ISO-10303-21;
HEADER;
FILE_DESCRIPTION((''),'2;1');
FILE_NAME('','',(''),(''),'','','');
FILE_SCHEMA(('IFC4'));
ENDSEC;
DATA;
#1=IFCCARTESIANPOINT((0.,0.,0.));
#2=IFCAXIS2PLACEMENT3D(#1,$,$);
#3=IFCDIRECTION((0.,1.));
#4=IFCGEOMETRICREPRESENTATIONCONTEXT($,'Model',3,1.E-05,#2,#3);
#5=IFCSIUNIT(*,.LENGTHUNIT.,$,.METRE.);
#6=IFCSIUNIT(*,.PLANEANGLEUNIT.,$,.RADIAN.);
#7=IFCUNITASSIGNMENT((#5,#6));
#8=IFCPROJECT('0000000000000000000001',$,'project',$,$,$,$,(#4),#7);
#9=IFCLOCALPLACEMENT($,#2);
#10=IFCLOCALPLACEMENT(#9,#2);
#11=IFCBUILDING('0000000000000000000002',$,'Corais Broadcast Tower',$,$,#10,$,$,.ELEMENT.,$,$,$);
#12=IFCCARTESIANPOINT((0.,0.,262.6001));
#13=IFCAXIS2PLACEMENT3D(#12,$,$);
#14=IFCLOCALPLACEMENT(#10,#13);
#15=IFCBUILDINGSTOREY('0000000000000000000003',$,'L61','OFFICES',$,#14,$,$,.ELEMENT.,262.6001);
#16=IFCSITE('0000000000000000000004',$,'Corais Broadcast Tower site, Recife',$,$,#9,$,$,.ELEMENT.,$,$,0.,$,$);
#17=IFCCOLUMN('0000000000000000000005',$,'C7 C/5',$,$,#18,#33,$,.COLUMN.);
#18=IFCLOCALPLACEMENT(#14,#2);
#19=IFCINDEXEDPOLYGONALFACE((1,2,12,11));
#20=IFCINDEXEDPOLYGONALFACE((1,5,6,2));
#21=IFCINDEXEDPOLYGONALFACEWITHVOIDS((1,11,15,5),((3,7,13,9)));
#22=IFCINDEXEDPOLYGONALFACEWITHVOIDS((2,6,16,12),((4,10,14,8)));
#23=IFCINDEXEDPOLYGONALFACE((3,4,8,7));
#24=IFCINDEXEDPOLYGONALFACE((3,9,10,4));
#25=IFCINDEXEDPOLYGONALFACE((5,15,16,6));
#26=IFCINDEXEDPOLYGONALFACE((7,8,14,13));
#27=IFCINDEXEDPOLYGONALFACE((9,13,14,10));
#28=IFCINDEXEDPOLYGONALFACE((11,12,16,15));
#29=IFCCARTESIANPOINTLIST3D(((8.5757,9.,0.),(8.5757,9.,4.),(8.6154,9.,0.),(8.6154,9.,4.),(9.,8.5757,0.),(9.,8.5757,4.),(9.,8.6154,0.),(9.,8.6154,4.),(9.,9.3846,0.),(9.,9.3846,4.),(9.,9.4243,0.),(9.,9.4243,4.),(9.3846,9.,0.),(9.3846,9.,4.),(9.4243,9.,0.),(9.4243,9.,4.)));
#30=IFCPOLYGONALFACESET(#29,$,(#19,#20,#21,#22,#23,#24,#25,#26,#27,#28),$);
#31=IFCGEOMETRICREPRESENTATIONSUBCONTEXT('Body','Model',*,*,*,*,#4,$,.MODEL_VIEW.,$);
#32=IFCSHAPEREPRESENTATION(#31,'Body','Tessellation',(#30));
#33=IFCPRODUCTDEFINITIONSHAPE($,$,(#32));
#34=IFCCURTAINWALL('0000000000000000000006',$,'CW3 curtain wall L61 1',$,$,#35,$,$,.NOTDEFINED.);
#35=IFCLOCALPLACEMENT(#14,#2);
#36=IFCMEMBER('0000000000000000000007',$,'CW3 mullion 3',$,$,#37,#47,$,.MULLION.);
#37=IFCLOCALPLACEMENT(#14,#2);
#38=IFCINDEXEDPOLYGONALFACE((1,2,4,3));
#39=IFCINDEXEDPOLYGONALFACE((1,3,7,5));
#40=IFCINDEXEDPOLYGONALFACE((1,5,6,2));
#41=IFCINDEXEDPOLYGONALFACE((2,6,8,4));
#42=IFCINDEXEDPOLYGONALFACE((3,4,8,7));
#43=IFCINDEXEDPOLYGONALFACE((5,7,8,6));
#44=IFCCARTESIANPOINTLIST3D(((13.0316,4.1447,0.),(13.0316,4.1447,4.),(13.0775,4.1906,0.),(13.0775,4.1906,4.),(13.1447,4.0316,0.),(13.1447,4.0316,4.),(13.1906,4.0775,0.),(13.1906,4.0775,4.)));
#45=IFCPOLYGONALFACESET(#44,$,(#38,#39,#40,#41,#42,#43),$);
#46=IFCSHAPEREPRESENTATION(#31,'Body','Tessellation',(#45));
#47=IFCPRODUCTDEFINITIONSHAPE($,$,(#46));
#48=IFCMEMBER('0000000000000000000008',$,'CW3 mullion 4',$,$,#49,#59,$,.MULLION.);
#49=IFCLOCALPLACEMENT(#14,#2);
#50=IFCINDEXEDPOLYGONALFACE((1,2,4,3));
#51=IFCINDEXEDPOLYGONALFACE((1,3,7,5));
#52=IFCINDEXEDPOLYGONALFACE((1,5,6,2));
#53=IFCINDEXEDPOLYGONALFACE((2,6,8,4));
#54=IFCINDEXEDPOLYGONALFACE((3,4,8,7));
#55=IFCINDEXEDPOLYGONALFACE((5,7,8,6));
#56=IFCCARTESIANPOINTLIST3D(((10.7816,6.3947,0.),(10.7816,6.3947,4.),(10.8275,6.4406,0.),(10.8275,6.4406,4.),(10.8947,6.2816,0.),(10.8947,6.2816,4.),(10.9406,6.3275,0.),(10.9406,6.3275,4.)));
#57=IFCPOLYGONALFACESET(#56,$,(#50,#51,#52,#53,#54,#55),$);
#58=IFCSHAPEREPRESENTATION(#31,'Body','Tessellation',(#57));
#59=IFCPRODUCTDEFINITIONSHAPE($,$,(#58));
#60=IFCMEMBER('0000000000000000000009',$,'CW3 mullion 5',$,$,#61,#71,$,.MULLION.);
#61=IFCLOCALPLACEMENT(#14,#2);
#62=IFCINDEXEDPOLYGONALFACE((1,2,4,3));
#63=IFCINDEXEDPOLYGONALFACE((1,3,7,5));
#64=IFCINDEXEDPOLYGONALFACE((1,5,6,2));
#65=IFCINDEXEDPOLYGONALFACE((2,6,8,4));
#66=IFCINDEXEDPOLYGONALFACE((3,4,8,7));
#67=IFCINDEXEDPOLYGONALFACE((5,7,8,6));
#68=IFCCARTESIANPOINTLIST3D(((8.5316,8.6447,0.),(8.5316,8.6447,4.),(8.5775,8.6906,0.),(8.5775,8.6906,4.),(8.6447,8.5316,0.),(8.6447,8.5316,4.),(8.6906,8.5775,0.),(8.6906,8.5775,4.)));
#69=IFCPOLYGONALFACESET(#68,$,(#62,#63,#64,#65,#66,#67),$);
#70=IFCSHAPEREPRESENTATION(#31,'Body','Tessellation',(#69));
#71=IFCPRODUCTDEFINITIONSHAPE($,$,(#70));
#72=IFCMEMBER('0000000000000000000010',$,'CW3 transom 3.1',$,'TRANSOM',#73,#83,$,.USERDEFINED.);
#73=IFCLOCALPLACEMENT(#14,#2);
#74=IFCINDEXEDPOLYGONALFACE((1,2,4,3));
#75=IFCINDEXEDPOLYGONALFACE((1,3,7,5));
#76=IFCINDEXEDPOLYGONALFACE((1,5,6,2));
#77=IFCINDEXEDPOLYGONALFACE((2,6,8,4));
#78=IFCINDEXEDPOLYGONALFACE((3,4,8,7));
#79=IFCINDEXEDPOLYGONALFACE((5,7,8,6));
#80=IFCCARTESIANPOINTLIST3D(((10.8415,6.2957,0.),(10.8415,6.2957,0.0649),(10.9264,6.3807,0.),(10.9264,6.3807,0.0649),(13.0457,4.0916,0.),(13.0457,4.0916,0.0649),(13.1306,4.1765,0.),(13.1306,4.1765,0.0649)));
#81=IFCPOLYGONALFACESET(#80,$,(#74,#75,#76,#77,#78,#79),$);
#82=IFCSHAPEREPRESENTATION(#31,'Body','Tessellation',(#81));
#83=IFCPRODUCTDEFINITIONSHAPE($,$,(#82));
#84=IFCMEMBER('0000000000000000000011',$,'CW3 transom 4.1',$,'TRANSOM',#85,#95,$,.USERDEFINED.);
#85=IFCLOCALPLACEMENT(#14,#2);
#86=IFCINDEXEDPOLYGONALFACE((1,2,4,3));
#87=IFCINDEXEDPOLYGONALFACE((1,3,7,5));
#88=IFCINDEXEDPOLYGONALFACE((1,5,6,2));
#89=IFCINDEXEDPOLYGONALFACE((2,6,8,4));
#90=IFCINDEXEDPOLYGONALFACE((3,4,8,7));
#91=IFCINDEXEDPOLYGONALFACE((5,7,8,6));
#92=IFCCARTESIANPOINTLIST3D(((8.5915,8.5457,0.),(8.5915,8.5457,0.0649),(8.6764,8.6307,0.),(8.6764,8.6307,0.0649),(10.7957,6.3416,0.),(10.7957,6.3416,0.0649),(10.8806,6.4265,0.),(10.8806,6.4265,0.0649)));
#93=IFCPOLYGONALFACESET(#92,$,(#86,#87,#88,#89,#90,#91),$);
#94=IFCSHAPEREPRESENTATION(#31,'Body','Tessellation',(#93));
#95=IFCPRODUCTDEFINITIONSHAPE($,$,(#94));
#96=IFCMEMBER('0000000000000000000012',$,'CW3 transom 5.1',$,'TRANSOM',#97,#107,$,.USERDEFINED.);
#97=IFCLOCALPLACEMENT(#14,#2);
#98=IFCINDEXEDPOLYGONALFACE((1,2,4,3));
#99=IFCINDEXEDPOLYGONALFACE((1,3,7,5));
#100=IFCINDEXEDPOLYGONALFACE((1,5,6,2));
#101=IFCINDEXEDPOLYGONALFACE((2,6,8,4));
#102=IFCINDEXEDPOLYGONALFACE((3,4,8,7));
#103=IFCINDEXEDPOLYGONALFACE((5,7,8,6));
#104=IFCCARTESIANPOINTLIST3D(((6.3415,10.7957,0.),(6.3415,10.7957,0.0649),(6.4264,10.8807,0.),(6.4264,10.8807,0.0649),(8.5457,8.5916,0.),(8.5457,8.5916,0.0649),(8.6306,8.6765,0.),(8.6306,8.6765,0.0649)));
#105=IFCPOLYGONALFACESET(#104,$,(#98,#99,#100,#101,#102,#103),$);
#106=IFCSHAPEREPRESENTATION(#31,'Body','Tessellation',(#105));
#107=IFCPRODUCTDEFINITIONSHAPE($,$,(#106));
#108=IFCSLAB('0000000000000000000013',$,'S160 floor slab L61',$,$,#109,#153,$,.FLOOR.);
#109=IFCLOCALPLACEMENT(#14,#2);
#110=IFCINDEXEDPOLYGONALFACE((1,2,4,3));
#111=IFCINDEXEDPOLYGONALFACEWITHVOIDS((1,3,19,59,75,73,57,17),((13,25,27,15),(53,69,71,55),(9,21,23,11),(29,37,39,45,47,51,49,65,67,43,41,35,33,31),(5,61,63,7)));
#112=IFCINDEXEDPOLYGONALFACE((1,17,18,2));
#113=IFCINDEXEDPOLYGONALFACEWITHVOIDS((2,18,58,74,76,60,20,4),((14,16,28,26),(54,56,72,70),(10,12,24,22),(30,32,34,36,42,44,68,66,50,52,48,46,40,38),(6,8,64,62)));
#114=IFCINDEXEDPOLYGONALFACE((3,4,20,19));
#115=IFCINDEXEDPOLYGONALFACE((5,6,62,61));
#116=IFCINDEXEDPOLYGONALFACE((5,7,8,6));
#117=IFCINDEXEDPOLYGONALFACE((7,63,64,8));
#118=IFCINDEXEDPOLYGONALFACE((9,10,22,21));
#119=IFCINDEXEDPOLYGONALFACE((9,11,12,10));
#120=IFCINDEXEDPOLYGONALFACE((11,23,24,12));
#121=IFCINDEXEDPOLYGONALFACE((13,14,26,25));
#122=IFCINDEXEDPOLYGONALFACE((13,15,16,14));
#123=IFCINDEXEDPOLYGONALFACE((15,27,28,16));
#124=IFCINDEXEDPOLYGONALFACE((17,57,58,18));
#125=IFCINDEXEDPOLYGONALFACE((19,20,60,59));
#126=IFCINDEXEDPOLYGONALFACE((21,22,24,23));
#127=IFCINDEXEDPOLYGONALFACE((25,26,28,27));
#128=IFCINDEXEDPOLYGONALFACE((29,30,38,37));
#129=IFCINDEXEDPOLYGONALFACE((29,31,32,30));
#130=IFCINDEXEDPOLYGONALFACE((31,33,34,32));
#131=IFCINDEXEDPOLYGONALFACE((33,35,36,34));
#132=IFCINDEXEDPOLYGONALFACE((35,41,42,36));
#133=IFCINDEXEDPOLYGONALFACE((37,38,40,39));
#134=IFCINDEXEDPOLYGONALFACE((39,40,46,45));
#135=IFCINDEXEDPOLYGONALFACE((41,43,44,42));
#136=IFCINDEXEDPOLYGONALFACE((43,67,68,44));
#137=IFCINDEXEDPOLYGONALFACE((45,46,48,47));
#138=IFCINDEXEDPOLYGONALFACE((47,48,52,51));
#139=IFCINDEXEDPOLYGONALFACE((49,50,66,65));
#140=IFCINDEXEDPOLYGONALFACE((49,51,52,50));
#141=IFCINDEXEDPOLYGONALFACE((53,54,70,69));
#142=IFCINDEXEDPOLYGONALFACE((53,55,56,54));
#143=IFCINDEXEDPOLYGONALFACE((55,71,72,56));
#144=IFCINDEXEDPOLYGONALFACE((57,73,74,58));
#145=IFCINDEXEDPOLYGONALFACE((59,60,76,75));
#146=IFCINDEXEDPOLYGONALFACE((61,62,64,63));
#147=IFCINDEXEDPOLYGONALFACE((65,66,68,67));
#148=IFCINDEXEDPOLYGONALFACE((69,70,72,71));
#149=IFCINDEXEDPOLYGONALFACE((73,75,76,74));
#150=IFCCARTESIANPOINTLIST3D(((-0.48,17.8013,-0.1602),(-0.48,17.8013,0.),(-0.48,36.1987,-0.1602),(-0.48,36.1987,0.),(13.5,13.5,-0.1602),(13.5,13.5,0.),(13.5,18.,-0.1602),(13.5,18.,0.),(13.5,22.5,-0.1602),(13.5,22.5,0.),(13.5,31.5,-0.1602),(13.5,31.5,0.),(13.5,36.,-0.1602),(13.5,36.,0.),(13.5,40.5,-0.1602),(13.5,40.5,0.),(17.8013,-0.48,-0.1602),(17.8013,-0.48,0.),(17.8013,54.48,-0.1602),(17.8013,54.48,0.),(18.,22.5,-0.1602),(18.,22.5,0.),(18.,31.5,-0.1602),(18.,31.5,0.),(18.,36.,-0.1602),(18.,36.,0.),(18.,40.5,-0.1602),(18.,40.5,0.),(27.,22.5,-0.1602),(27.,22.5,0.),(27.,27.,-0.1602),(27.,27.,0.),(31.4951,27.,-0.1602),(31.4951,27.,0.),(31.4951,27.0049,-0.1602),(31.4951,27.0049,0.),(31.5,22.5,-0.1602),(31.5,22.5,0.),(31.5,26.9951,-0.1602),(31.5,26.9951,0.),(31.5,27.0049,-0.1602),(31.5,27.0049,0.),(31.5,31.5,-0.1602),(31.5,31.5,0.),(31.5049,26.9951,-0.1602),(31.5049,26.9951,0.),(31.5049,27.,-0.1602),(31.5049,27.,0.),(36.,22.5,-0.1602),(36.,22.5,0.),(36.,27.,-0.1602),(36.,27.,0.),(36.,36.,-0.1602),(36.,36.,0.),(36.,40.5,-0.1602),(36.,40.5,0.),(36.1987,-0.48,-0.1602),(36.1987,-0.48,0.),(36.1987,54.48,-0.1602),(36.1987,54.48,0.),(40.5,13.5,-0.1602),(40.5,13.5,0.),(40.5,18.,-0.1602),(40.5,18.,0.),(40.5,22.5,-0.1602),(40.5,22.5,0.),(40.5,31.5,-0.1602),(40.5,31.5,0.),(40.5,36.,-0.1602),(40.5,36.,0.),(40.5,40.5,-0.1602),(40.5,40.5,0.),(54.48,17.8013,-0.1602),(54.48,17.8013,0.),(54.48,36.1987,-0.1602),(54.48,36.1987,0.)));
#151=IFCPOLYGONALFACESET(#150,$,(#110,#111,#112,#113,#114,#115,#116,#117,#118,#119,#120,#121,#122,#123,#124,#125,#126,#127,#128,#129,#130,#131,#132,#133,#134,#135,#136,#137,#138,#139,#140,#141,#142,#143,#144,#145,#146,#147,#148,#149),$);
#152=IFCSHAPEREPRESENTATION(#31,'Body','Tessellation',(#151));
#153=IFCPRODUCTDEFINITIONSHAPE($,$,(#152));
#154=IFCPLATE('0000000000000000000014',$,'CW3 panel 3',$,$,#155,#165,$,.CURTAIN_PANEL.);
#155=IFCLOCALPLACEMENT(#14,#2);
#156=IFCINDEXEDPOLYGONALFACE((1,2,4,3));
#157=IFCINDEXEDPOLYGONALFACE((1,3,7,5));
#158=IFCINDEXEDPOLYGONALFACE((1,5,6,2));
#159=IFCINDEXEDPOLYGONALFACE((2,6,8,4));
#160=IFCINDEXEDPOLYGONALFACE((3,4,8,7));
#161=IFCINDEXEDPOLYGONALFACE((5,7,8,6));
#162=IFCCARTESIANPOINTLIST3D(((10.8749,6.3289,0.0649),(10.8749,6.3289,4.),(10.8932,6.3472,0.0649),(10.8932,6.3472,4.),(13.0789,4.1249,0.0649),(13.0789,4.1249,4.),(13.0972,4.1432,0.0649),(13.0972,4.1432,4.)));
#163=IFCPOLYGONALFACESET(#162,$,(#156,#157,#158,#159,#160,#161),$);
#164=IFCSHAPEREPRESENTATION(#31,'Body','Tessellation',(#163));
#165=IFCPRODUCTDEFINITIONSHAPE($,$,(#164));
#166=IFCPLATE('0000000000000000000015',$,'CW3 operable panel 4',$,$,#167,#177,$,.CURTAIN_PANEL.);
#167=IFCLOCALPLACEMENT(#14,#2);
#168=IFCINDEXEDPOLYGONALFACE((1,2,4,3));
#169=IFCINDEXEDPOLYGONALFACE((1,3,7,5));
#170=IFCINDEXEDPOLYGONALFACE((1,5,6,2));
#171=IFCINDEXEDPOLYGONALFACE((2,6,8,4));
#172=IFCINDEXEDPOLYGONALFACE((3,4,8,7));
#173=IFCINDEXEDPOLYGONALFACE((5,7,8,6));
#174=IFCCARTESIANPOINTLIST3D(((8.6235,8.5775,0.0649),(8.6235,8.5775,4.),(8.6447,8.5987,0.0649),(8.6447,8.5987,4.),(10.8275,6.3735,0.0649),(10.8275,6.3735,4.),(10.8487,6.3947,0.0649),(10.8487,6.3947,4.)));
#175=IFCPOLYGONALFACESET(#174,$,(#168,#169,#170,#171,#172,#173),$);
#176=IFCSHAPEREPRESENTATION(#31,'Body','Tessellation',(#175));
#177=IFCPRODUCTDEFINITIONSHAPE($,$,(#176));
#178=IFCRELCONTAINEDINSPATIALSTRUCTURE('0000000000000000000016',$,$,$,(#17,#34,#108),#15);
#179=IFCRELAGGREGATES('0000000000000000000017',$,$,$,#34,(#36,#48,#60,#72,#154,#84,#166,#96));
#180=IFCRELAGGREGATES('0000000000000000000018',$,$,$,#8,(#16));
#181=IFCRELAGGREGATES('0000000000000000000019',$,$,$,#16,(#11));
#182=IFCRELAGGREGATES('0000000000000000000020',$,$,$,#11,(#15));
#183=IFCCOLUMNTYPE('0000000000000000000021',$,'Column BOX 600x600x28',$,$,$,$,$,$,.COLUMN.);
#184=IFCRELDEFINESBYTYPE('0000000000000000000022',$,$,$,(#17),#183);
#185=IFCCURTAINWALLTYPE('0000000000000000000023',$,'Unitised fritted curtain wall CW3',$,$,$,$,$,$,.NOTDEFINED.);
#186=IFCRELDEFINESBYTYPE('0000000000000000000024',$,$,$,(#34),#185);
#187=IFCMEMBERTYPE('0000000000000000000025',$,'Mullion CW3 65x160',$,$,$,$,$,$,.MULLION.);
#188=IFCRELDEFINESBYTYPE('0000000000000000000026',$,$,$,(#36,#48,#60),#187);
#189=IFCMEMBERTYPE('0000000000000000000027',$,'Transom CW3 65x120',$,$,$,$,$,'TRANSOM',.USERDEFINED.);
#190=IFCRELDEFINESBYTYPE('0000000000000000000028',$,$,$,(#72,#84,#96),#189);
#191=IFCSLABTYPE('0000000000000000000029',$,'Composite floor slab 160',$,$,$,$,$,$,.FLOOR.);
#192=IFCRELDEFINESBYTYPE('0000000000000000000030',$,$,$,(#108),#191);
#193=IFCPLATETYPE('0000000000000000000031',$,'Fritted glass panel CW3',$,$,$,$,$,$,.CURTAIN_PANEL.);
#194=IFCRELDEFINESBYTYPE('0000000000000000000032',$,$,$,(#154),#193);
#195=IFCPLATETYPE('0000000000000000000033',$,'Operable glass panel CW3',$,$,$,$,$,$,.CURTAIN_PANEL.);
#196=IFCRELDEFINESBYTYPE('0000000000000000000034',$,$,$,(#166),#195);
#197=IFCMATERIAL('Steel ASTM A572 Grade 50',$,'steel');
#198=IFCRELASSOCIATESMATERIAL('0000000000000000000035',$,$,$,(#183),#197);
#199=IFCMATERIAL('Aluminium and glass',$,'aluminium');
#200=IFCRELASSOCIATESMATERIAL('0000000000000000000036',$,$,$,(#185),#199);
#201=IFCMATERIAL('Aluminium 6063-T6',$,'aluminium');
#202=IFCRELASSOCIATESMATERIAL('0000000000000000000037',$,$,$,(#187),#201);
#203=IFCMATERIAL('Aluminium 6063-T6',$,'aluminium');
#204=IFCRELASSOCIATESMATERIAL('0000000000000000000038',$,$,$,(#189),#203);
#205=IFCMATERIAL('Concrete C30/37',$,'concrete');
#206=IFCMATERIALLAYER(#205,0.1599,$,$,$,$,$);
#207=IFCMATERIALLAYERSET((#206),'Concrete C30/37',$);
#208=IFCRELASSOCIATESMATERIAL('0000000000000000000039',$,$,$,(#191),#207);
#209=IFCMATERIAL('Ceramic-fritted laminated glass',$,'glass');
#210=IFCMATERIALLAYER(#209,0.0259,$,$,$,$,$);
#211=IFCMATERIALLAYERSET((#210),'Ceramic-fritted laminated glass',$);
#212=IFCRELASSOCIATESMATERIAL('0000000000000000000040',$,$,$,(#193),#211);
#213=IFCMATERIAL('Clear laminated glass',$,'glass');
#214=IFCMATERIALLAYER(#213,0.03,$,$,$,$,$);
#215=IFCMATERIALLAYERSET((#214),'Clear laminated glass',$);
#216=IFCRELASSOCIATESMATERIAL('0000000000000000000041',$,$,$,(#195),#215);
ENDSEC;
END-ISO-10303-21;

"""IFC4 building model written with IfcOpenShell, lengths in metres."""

from ifc_helpers import new_model, si_unit, direction, frame, origin, origin_2d, place, context, subcontext, project, spatial, polyline, rectangle, hollow_rectangle, outline, extrude, material, layer, layer_set, material_profile, profile_set, type_object, element, aggregate, save


model = new_model("IFC4")

# Units and contexts
model_context = context("Model", 3, precision=1e-05, world=origin(), true_north=direction((0.0, 1.0)))
body_context = subcontext(model_context, "Body", "Model", "MODEL_VIEW")
ifc_project = project(units=[si_unit("LENGTHUNIT", "METRE"), si_unit("PLANEANGLEUNIT", "RADIAN")], contexts=[model_context])

# Site, building, storey
site_placement = place(None, origin())
site = spatial("IfcSite", under=ifc_project, at=site_placement, Name="Corais Broadcast Tower site, Recife", CompositionType="ELEMENT", RefElevation=0.0)
building_placement = place(site_placement, origin())
building = spatial("IfcBuilding", under=site, at=building_placement, Name="Corais Broadcast Tower", CompositionType="ELEMENT")
storey_placement = place(building_placement, frame((0.0, 0.0, 262.6001)))
storey = spatial("IfcBuildingStorey", under=building, at=storey_placement, Name="L61", Description="OFFICES", CompositionType="ELEMENT", Elevation=262.6001)

# Column
ifc_material_1 = material(Name="Steel ASTM A572 Grade 50", Category="steel")
ifc_material_profile_1 = material_profile(ifc_material_1, hollow_rectangle(XDim=0.6001, YDim=0.6001, WallThickness=0.0281, at=origin_2d()), Name="BOX 600x600x28")
ifc_profile_set_1 = profile_set([ifc_material_profile_1], Name="Steel ASTM A572 Grade 50")
column_type = type_object("IfcColumnType", Name="Column BOX 600x600x28", PredefinedType="COLUMN", material=ifc_profile_set_1)
column_placement = place(storey_placement, frame((9.0, 9.0, 0.0), z_axis=(0.0, 0.0, 1.0), x_axis=(0.707107, 0.707107, 0.0)))
element("IfcColumn", 1, at=column_placement, inside=storey, type_object=column_type, Name="C7 C/5", PredefinedType="COLUMN", context=body_context, shape_type="SweptSolid", body=[
    extrude(hollow_rectangle(XDim=0.6001, YDim=0.6001, WallThickness=0.0281, at=origin_2d()), origin(), (0.0, 0.0, 1.0), 4.0),
])

# Curtain wall, members
ifc_material_2 = material(Name="Aluminium and glass", Category="aluminium")
curtain_wall_type = type_object("IfcCurtainWallType", Name="Unitised fritted curtain wall CW3", PredefinedType="NOTDEFINED", material=ifc_material_2)
curtain_wall_placement = place(storey_placement, origin())
curtain_wall = element("IfcCurtainWall", 2, at=curtain_wall_placement, inside=storey, type_object=curtain_wall_type, Name="CW3 curtain wall L61 1", PredefinedType="NOTDEFINED")
ifc_material_3 = material(Name="Aluminium 6063-T6", Category="aluminium")
ifc_material_profile_2 = material_profile(ifc_material_3, rectangle(XDim=0.0649, YDim=0.1599, at=origin_2d()), Name="Mullion CW3 65x160")
ifc_profile_set_2 = profile_set([ifc_material_profile_2], Name="Aluminium 6063-T6")
member_type_1 = type_object("IfcMemberType", Name="Mullion CW3 65x160", PredefinedType="MULLION", material=ifc_profile_set_2)
member_1_placement = place(storey_placement, frame((13.1111, 4.1111, 0.0), z_axis=(0.0, 0.0, 1.0), x_axis=(-0.707107, -0.707107, 0.0)))
member_1 = element("IfcMember", 3, at=member_1_placement, type_object=member_type_1, Name="CW3 mullion 3", PredefinedType="MULLION", context=body_context, shape_type="SweptSolid", body=[
    extrude(rectangle(XDim=0.0649, YDim=0.1599, at=origin_2d()), origin(), (0.0, 0.0, 1.0), 4.0),
])
member_2_placement = place(storey_placement, frame((10.8611, 6.3611, 0.0), z_axis=(0.0, 0.0, 1.0), x_axis=(-0.707107, -0.707107, 0.0)))
member_2 = element("IfcMember", 4, at=member_2_placement, type_object=member_type_1, Name="CW3 mullion 4", PredefinedType="MULLION", context=body_context, shape_type="SweptSolid", body=[
    extrude(rectangle(XDim=0.0649, YDim=0.1599, at=origin_2d()), origin(), (0.0, 0.0, 1.0), 4.0),
])
member_3_placement = place(storey_placement, frame((8.6111, 8.6111, 0.0), z_axis=(0.0, 0.0, 1.0), x_axis=(-0.707107, -0.707107, 0.0)))
member_3 = element("IfcMember", 5, at=member_3_placement, type_object=member_type_1, Name="CW3 mullion 5", PredefinedType="MULLION", context=body_context, shape_type="SweptSolid", body=[
    extrude(rectangle(XDim=0.0649, YDim=0.1599, at=origin_2d()), origin(), (0.0, 0.0, 1.0), 4.0),
])
ifc_material_4 = material(Name="Aluminium 6063-T6", Category="aluminium")
ifc_material_profile_3 = material_profile(ifc_material_4, rectangle(XDim=0.1201, YDim=0.0649, at=origin_2d()), Name="Transom CW3 65x120")
ifc_profile_set_3 = profile_set([ifc_material_profile_3], Name="Aluminium 6063-T6")
member_type_2 = type_object("IfcMemberType", Name="Transom CW3 65x120", ElementType="TRANSOM", PredefinedType="USERDEFINED", material=ifc_profile_set_3)
member_4_placement = place(storey_placement, frame((13.0881, 4.134, 0.0325), z_axis=(-0.707107, 0.707107, 0.0), x_axis=(-0.707107, -0.707107, 0.0)))
member_4 = element("IfcMember", 6, at=member_4_placement, type_object=member_type_2, Name="CW3 transom 3.1", ObjectType="TRANSOM", PredefinedType="USERDEFINED", context=body_context, shape_type="SweptSolid", body=[
    extrude(rectangle(XDim=0.1201, YDim=0.0649, at=origin_2d()), origin(), (0.0, 0.0, 1.0), 3.1172),
])
member_5_placement = place(storey_placement, frame((10.8381, 6.384, 0.0325), z_axis=(-0.707107, 0.707107, 0.0), x_axis=(-0.707107, -0.707107, 0.0)))
member_5 = element("IfcMember", 7, at=member_5_placement, type_object=member_type_2, Name="CW3 transom 4.1", ObjectType="TRANSOM", PredefinedType="USERDEFINED", context=body_context, shape_type="SweptSolid", body=[
    extrude(rectangle(XDim=0.1201, YDim=0.0649, at=origin_2d()), origin(), (0.0, 0.0, 1.0), 3.1172),
])
member_6_placement = place(storey_placement, frame((8.5881, 8.634, 0.0325), z_axis=(-0.707107, 0.707107, 0.0), x_axis=(-0.707107, -0.707107, 0.0)))
member_6 = element("IfcMember", 8, at=member_6_placement, type_object=member_type_2, Name="CW3 transom 5.1", ObjectType="TRANSOM", PredefinedType="USERDEFINED", context=body_context, shape_type="SweptSolid", body=[
    extrude(rectangle(XDim=0.1201, YDim=0.0649, at=origin_2d()), origin(), (0.0, 0.0, 1.0), 3.1172),
])

# Slab
ifc_material_5 = material(Name="Concrete C30/37", Category="concrete")
ifc_layer_1 = layer(ifc_material_5, 0.1599)
ifc_layer_set_1 = layer_set([ifc_layer_1], Name="Concrete C30/37")
slab_type_1 = type_object("IfcSlabType", Name="Composite floor slab 160", PredefinedType="FLOOR", material=ifc_layer_set_1)
slab_1_placement = place(storey_placement, frame((0.0, 0.0, -0.1602)))
element("IfcSlab", 9, at=slab_1_placement, inside=storey, type_object=slab_type_1, Name="S160 floor slab L61", PredefinedType="FLOOR", context=body_context, shape_type="SweptSolid", body=[
    extrude(outline(polyline([(17.8013, -0.48), (-0.48, 17.8013), (-0.48, 36.1987), (17.8013, 54.48), (36.1987, 54.48), (54.48, 36.1987), (54.48, 17.8013), (36.1987, -0.48), (17.8013, -0.48)]), holes=[polyline([(13.5, 18.0), (40.5, 18.0), (40.5, 13.5), (13.5, 13.5), (13.5, 18.0)]), polyline([(18.0, 22.5), (13.5, 22.5), (13.5, 31.5), (18.0, 31.5), (18.0, 22.5)]), polyline([(18.0, 36.0), (13.5, 36.0), (13.5, 40.5), (18.0, 40.5), (18.0, 36.0)]), polyline([(31.5, 22.5), (27.0, 22.5), (27.0, 27.0), (31.4951, 27.0), (31.4951, 27.0049), (31.5, 27.0049), (31.5, 31.5), (40.5, 31.5), (40.5, 22.5), (36.0, 22.5), (36.0, 27.0), (31.5049, 27.0), (31.5049, 26.9951), (31.5, 26.9951), (31.5, 22.5)]), polyline([(40.5, 36.0), (36.0, 36.0), (36.0, 40.5), (40.5, 40.5), (40.5, 36.0)])]), origin(), (0.0, 0.0, 1.0), 0.1602),
])

# Plates
ifc_material_6 = material(Name="Ceramic-fritted laminated glass", Category="glass")
ifc_layer_2 = layer(ifc_material_6, 0.0259)
ifc_layer_set_2 = layer_set([ifc_layer_2], Name="Ceramic-fritted laminated glass")
plate_type_1 = type_object("IfcPlateType", Name="Fritted glass panel CW3", PredefinedType="CURTAIN_PANEL", material=ifc_layer_set_2)
plate_1_placement = place(storey_placement, frame((11.9861, 5.2361, 0.0649), z_axis=(0.0, 0.0, 1.0), x_axis=(-0.707107, 0.707107, 0.0)))
plate_1 = element("IfcPlate", 10, at=plate_1_placement, type_object=plate_type_1, Name="CW3 panel 3", PredefinedType="CURTAIN_PANEL", context=body_context, shape_type="SweptSolid", body=[
    extrude(rectangle(XDim=3.1169, YDim=0.0259, at=origin_2d()), origin(), (0.0, 0.0, 1.0), 3.9351),
])
ifc_material_7 = material(Name="Clear laminated glass", Category="glass")
ifc_layer_3 = layer(ifc_material_7, 0.03)
ifc_layer_set_3 = layer_set([ifc_layer_3], Name="Clear laminated glass")
plate_type_2 = type_object("IfcPlateType", Name="Operable glass panel CW3", PredefinedType="CURTAIN_PANEL", material=ifc_layer_set_3)
plate_2_placement = place(storey_placement, frame((9.7361, 7.4861, 0.0649), z_axis=(0.0, 0.0, 1.0), x_axis=(-0.707107, 0.707107, 0.0)))
plate_2 = element("IfcPlate", 11, at=plate_2_placement, type_object=plate_type_2, Name="CW3 operable panel 4", PredefinedType="CURTAIN_PANEL", context=body_context, shape_type="SweptSolid", body=[
    extrude(rectangle(XDim=3.1169, YDim=0.03, at=origin_2d()), origin(), (0.0, 0.0, 1.0), 3.9351),
])
aggregate(curtain_wall, [member_1, member_2, member_3, member_4, plate_1, member_5, plate_2, member_6])

save(model, "model.ifc")
